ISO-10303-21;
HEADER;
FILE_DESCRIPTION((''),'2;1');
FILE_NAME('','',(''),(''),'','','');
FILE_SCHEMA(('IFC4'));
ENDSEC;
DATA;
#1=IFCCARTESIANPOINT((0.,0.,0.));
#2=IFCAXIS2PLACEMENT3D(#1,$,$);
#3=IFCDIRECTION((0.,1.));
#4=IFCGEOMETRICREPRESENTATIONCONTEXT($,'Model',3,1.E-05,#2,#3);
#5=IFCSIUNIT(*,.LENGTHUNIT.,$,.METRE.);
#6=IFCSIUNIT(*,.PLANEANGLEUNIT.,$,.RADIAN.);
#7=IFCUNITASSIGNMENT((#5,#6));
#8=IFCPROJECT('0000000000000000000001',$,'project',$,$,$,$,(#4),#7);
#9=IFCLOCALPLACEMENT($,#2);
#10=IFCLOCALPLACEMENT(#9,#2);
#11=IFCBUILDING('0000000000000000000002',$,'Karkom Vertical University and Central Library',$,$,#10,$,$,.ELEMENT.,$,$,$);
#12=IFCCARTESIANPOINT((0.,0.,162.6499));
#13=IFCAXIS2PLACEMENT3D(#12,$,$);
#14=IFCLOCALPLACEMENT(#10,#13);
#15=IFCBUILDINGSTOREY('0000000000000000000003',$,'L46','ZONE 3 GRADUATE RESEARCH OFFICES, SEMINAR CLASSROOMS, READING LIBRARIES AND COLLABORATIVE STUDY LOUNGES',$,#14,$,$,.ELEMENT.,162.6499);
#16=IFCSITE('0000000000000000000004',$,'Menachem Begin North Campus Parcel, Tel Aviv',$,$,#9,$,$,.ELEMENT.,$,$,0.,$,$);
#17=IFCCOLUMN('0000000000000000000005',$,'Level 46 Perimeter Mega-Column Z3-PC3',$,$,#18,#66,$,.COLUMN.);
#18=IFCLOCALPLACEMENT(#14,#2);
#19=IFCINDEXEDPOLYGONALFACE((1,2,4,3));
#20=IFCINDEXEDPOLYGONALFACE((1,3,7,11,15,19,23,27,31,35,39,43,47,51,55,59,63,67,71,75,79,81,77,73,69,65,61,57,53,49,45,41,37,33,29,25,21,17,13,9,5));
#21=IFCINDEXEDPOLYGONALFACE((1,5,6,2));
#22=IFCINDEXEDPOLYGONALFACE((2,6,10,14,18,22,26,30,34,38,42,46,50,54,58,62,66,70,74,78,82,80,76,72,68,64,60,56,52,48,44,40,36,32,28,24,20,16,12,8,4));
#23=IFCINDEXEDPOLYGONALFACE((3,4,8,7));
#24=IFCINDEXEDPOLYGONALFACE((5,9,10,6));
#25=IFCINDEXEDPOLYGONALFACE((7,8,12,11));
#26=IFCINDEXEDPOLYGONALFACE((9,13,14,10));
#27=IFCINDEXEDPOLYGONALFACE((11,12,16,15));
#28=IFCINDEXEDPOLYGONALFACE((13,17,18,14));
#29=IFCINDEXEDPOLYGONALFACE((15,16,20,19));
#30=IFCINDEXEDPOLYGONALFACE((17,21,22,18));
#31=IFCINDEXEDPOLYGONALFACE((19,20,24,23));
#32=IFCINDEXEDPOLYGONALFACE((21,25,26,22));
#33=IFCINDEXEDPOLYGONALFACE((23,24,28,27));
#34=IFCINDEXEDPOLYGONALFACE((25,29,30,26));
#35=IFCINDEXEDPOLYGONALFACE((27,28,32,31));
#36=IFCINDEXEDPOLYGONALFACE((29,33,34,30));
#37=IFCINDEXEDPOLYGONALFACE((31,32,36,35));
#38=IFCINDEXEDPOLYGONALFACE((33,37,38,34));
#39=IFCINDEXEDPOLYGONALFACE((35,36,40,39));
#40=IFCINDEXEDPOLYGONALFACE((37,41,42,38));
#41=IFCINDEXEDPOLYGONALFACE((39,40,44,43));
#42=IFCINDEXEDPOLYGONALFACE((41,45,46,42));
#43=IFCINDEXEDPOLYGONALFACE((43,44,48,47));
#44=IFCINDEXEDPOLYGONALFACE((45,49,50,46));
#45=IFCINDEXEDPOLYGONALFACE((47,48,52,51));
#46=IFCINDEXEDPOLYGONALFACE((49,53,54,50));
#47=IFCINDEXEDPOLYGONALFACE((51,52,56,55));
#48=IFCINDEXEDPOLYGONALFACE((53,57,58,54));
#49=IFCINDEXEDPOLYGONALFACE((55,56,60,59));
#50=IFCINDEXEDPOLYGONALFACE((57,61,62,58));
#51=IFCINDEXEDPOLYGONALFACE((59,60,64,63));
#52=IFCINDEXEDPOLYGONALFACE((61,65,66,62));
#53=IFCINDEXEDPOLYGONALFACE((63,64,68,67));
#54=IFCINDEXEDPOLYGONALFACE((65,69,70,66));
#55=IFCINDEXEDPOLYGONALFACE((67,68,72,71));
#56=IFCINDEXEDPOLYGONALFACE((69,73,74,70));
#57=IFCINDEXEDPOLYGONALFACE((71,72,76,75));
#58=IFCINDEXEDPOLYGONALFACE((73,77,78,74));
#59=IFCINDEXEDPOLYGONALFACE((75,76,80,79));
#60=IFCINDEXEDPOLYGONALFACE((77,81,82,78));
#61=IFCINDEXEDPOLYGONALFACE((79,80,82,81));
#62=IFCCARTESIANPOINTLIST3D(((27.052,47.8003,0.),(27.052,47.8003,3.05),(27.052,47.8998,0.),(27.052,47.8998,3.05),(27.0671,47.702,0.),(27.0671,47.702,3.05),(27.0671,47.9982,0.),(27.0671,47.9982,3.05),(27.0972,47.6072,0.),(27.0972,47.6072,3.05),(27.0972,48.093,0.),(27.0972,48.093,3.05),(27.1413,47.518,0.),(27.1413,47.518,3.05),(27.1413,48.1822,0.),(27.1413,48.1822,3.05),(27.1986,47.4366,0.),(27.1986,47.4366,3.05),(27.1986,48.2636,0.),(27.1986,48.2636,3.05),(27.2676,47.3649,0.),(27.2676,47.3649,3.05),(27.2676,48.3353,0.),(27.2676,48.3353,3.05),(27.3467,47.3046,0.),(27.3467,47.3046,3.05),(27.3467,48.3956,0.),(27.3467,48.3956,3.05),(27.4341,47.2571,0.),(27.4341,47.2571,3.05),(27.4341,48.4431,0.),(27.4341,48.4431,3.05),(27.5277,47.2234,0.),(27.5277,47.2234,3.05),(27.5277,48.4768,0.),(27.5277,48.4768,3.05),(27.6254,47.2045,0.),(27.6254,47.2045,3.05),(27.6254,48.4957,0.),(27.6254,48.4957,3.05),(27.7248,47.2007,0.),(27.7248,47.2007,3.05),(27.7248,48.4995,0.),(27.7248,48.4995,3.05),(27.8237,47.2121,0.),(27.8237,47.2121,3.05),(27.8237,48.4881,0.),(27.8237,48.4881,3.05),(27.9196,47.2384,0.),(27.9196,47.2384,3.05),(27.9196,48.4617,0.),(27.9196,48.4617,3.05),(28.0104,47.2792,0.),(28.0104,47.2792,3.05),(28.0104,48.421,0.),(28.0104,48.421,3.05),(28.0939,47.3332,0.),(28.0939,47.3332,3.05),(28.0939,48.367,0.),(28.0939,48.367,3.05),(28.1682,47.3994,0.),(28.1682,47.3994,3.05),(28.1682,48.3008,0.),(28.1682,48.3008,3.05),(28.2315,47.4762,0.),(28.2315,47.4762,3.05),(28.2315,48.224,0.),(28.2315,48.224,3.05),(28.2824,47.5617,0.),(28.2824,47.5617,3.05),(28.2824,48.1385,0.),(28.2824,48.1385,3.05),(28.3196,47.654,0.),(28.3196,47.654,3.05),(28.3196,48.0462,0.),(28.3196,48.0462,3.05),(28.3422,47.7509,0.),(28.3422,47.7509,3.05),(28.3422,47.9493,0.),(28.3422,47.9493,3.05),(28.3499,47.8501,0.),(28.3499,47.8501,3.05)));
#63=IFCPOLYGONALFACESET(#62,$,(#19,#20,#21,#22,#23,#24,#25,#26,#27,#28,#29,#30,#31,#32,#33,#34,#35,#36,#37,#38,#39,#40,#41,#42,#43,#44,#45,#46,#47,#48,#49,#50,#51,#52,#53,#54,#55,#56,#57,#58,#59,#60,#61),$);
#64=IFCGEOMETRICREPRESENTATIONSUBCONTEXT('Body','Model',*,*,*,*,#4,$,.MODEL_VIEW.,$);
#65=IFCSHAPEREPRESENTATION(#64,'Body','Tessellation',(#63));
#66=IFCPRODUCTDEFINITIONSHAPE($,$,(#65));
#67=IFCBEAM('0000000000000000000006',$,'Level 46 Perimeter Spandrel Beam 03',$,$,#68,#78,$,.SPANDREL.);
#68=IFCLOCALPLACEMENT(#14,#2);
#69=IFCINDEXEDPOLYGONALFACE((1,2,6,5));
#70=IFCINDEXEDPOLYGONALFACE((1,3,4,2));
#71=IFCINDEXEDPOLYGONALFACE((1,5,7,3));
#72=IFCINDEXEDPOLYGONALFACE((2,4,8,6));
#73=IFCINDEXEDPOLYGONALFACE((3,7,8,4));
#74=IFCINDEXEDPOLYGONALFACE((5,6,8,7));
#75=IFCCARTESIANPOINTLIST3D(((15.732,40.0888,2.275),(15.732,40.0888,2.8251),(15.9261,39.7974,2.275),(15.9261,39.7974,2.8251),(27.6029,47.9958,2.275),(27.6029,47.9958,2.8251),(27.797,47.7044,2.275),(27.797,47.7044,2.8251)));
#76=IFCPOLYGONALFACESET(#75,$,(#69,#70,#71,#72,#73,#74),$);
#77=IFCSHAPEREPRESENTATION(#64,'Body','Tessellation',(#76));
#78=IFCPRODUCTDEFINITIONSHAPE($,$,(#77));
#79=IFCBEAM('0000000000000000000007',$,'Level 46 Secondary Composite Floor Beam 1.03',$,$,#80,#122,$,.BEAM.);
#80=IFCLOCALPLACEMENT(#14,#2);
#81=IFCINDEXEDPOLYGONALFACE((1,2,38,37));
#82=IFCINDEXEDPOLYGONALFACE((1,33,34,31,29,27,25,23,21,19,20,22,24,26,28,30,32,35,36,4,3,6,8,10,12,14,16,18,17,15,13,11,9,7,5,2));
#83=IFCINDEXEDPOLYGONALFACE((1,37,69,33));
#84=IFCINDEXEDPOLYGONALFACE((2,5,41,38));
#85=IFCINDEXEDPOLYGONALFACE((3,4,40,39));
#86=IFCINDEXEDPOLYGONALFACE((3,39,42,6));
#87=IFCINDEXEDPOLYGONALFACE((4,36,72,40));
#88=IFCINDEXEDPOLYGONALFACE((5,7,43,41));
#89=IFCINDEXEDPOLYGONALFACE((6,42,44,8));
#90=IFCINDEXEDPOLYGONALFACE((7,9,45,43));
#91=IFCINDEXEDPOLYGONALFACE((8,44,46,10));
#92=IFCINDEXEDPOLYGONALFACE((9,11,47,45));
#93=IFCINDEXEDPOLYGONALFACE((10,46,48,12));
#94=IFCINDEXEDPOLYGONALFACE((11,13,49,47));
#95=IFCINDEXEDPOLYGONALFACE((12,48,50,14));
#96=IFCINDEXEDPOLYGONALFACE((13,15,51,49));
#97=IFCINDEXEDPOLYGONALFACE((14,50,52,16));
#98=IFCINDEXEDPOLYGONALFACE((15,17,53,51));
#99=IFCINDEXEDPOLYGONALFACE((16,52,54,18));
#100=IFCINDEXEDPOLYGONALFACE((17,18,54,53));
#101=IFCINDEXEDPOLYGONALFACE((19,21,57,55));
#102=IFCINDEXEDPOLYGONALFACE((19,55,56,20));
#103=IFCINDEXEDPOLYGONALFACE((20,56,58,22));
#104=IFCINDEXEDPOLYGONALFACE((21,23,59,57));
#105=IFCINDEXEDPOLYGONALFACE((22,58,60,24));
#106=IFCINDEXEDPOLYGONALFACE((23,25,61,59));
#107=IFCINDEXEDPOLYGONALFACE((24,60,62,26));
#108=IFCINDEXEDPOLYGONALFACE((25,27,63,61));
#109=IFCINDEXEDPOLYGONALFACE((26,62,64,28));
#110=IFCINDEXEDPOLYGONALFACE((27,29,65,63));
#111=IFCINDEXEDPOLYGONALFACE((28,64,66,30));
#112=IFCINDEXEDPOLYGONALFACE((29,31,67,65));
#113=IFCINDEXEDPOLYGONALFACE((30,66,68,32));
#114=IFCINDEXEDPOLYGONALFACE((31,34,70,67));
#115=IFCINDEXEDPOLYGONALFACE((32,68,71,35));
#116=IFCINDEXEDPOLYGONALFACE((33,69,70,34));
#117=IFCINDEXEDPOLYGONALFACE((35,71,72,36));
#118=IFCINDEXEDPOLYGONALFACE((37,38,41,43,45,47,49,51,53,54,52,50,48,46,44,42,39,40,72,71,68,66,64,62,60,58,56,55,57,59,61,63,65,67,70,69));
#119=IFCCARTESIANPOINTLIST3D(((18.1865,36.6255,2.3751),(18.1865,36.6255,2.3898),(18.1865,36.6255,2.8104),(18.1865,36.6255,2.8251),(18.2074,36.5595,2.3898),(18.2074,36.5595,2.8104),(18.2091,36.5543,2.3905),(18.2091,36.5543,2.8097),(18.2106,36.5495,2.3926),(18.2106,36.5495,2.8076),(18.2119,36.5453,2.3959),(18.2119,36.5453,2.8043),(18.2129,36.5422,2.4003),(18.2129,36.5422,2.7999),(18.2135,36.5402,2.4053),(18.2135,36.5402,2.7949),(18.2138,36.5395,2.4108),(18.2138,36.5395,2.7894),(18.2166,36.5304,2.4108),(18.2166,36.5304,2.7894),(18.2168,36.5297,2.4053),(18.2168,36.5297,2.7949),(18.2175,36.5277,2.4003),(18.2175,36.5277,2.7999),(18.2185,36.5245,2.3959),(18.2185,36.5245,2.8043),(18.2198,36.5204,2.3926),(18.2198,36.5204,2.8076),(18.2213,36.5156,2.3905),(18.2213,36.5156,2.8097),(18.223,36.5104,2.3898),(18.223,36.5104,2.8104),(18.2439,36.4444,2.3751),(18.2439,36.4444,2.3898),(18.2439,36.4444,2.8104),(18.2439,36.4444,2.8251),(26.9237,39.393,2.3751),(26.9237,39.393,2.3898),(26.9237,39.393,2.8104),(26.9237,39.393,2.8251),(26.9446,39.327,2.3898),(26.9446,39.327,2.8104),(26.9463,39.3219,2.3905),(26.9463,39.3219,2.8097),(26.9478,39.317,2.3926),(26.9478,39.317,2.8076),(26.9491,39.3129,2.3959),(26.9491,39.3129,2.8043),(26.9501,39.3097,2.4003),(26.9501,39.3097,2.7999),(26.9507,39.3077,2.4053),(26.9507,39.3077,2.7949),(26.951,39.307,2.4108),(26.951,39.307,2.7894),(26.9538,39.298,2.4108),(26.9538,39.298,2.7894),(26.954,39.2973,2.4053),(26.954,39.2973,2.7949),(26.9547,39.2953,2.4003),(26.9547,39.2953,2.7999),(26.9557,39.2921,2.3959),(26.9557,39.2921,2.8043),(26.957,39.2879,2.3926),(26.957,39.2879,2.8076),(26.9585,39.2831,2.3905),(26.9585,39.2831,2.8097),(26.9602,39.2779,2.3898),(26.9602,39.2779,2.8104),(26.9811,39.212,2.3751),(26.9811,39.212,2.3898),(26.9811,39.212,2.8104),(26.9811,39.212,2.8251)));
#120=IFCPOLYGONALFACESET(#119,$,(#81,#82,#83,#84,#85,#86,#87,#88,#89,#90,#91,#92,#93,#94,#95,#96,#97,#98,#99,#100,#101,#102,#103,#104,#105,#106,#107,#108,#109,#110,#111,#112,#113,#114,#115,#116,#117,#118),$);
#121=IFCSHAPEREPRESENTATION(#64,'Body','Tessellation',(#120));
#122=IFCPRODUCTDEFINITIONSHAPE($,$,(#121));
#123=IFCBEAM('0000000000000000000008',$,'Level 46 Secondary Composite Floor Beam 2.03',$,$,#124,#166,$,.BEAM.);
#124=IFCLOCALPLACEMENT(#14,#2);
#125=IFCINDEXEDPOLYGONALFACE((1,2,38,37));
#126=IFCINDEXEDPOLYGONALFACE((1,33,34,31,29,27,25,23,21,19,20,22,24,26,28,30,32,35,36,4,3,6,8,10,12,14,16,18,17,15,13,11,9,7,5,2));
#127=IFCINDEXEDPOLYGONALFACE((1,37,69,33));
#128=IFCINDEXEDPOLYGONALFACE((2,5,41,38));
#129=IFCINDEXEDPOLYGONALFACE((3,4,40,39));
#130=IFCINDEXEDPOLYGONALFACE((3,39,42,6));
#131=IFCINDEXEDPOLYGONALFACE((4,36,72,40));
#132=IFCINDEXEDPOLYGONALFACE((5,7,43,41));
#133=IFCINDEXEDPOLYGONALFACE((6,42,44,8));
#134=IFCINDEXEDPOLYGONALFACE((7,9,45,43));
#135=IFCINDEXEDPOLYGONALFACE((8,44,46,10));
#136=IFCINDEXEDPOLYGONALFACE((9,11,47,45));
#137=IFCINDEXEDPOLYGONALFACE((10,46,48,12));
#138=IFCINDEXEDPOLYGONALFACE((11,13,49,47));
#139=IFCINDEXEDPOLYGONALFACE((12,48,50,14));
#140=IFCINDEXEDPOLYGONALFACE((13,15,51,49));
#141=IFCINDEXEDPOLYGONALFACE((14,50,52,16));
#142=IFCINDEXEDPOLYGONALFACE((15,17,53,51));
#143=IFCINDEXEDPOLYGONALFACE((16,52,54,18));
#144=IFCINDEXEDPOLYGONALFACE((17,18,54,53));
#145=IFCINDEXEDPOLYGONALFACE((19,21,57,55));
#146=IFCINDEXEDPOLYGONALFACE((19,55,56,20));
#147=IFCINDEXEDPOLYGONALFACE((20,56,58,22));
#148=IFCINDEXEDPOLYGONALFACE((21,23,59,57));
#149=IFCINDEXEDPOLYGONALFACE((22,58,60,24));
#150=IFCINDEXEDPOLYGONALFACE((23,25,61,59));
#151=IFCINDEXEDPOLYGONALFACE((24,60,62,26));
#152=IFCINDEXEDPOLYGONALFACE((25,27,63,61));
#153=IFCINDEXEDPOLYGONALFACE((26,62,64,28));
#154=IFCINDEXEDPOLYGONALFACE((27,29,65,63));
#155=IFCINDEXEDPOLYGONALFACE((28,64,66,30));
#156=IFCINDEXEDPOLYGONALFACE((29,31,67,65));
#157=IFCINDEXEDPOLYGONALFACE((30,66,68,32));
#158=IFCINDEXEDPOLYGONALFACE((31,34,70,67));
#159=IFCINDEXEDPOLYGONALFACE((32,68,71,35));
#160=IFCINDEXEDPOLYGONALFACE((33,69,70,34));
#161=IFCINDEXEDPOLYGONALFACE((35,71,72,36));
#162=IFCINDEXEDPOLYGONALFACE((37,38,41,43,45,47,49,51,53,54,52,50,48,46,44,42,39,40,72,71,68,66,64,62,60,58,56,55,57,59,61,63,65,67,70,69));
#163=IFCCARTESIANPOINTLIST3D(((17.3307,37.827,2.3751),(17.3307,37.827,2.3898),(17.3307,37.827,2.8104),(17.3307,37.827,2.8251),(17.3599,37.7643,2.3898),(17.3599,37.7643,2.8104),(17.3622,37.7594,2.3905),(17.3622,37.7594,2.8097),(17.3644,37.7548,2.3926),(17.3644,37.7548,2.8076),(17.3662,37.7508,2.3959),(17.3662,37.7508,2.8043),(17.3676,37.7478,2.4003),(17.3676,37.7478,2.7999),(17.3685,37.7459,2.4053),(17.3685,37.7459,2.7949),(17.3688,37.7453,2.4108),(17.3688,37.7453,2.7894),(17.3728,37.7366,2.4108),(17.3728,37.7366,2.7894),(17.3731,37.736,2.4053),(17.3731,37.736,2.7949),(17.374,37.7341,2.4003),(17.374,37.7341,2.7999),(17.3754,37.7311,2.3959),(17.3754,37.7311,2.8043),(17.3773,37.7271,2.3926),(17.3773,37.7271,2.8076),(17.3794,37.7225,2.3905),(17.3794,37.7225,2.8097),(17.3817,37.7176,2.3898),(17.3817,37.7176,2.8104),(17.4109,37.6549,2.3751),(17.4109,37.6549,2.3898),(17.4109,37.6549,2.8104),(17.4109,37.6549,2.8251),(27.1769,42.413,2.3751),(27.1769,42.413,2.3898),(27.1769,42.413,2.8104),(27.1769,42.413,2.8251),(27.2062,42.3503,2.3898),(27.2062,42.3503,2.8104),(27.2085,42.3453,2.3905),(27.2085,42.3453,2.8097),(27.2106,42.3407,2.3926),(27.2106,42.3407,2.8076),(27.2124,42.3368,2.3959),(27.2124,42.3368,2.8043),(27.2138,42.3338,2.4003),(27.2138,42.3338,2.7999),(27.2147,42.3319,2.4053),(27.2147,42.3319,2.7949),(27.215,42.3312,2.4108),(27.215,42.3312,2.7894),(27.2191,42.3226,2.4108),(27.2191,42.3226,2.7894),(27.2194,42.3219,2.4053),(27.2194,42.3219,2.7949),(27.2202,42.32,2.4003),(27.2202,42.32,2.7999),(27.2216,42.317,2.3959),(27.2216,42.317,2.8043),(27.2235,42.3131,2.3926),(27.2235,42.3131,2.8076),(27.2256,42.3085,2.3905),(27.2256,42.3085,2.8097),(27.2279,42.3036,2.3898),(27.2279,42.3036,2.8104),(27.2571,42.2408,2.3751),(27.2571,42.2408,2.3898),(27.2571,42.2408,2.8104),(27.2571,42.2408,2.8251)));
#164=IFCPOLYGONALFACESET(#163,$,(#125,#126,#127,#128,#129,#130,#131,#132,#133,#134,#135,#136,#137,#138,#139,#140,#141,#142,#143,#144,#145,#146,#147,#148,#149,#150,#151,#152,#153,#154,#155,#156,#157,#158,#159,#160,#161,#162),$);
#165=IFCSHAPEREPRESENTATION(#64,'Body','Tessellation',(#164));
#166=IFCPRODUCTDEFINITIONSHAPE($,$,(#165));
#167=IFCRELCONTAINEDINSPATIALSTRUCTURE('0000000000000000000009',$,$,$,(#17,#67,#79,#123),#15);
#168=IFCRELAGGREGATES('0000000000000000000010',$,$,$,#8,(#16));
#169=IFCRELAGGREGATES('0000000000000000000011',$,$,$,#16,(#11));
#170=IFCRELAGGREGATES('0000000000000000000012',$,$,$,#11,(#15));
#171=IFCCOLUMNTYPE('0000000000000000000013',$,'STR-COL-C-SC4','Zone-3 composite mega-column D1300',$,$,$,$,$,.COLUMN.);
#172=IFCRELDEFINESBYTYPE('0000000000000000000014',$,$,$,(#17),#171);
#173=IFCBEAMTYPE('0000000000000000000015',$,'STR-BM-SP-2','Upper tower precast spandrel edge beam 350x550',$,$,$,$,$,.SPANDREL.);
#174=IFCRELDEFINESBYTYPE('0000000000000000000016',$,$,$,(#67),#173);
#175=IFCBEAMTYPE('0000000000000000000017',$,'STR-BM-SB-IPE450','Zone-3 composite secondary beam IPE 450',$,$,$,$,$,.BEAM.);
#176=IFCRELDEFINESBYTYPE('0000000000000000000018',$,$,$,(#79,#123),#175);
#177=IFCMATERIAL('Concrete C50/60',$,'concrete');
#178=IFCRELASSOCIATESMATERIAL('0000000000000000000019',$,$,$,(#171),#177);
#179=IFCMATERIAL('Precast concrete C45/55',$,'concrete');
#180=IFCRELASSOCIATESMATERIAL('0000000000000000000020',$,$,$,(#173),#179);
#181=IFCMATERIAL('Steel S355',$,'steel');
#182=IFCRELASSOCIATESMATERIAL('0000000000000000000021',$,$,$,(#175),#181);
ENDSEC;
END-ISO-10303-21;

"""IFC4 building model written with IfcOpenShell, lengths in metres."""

from ifc_helpers import new_model, si_unit, direction, frame, origin, origin_with_axes, origin_2d, place, context, subcontext, project, spatial, rectangle, circle, i_section, extrude, source, transform, mapped, material, material_profile, profile_set, type_object, element, save


model = new_model("IFC4")

# Units and contexts
model_context = context("Model", 3, precision=1e-05, world=origin(), true_north=direction((0.0, 1.0)))
body_context = subcontext(model_context, "Body", "Model", "MODEL_VIEW")
ifc_project = project(units=[si_unit("LENGTHUNIT", "METRE"), si_unit("PLANEANGLEUNIT", "RADIAN")], contexts=[model_context])

# Site, building, storey
site_placement = place(None, origin())
site = spatial("IfcSite", under=ifc_project, at=site_placement, Name="Menachem Begin North Campus Parcel, Tel Aviv", CompositionType="ELEMENT", RefElevation=0.0)
building_placement = place(site_placement, origin())
building = spatial("IfcBuilding", under=site, at=building_placement, Name="Karkom Vertical University and Central Library", CompositionType="ELEMENT")
storey_placement = place(building_placement, frame((0.0, 0.0, 162.6499)))
storey = spatial("IfcBuildingStorey", under=building, at=storey_placement, Name="L46", Description="ZONE 3 GRADUATE RESEARCH OFFICES, SEMINAR CLASSROOMS, READING LIBRARIES AND COLLABORATIVE STUDY LOUNGES", CompositionType="ELEMENT", Elevation=162.6499)

# Column
ifc_material_1 = material(Name="Concrete C50/60", Category="concrete")
ifc_material_profile_1 = material_profile(ifc_material_1, circle(Radius=0.6499, at=origin_2d()), Name="CFT-D1300")
ifc_profile_set_1 = profile_set([ifc_material_profile_1], Name="Concrete C50/60")
column_type = type_object("IfcColumnType", Name="STR-COL-C-SC4", Description="Zone-3 composite mega-column D1300", PredefinedType="COLUMN", material=ifc_profile_set_1)
shared_shape_1 = source(origin_with_axes(), body_context, "Body", "SweptSolid", [
    extrude(circle(Radius=0.6499, at=origin_2d()), origin(), (0.0, 0.0, 1.0), 3.05),
])
column_placement = place(storey_placement, frame((27.7, 47.8501, 0.0), z_axis=(0.0, 0.0, 1.0), x_axis=(1.0, 0.0, 0.0)))
element("IfcColumn", 1, at=column_placement, inside=storey, type_object=column_type, Name="Level 46 Perimeter Mega-Column Z3-PC3", PredefinedType="COLUMN", context=body_context, shape_type="MappedRepresentation", body=[
    mapped(shared_shape_1, transform((0.0, 0.0, 0.0), scale=1.0)),
])

# Beams
ifc_material_2 = material(Name="Precast concrete C45/55", Category="concrete")
ifc_material_profile_2 = material_profile(ifc_material_2, rectangle(XDim=0.3501, YDim=0.55, at=origin_2d()), Name="SPB-350x550")
ifc_profile_set_2 = profile_set([ifc_material_profile_2], Name="Precast concrete C45/55")
beam_type_1 = type_object("IfcBeamType", Name="STR-BM-SP-2", Description="Upper tower precast spandrel edge beam 350x550", PredefinedType="SPANDREL", material=ifc_profile_set_2)
shared_shape_2 = source(origin_with_axes(), body_context, "Body", "SweptSolid", [
    extrude(rectangle(XDim=0.3501, YDim=0.55, at=origin_2d()), origin(), (0.0, 0.0, 1.0), 14.2632),
])
beam_1_placement = place(storey_placement, frame((27.7, 47.8501, 2.55), z_axis=(-0.832274, -0.554364, 0.0), x_axis=(0.554364, -0.832274, 0.0)))
element("IfcBeam", 2, at=beam_1_placement, inside=storey, type_object=beam_type_1, Name="Level 46 Perimeter Spandrel Beam 03", PredefinedType="SPANDREL", context=body_context, shape_type="MappedRepresentation", body=[
    mapped(shared_shape_2, transform((0.0, 0.0, 0.0), scale=1.0)),
])
ifc_material_3 = material(Name="Steel S355", Category="steel")
ifc_material_profile_3 = material_profile(ifc_material_3, i_section(OverallWidth=0.1899, OverallDepth=0.45, WebThickness=0.0095, FlangeThickness=0.0146, FilletRadius=0.021, at=origin_2d()), Name="IPE 450")
ifc_profile_set_3 = profile_set([ifc_material_profile_3], Name="Steel S355")
beam_type_2 = type_object("IfcBeamType", Name="STR-BM-SB-IPE450", Description="Zone-3 composite secondary beam IPE 450", PredefinedType="BEAM", material=ifc_profile_set_3)
shared_shape_3 = source(origin_with_axes(), body_context, "Body", "SweptSolid", [
    extrude(i_section(OverallWidth=0.1899, OverallDepth=0.45, WebThickness=0.0095, FlangeThickness=0.0146, FilletRadius=0.021, at=origin_2d()), origin(), (0.0, 0.0, 1.0), 9.165),
])
beam_2_placement = place(storey_placement, frame((26.9524, 39.3025, 2.6001), z_axis=(-0.953318, -0.301968, 0.0), x_axis=(0.301968, -0.953318, 0.0)))
element("IfcBeam", 3, at=beam_2_placement, inside=storey, type_object=beam_type_2, Name="Level 46 Secondary Composite Floor Beam 1.03", PredefinedType="BEAM", context=body_context, shape_type="MappedRepresentation", body=[
    mapped(shared_shape_3, transform((0.0, 0.0, 0.0), scale=1.0)),
])
shared_shape_4 = source(origin_with_axes(), body_context, "Body", "SweptSolid", [
    extrude(i_section(OverallWidth=0.1899, OverallDepth=0.45, WebThickness=0.0095, FlangeThickness=0.0146, FilletRadius=0.021, at=origin_2d()), origin(), (0.0, 0.0, 1.0), 10.8618),
])
beam_3_placement = place(storey_placement, frame((27.217, 42.3269, 2.6001), z_axis=(-0.906499, -0.422209, 0.0), x_axis=(0.422209, -0.906499, 0.0)))
element("IfcBeam", 4, at=beam_3_placement, inside=storey, type_object=beam_type_2, Name="Level 46 Secondary Composite Floor Beam 2.03", PredefinedType="BEAM", context=body_context, shape_type="MappedRepresentation", body=[
    mapped(shared_shape_4, transform((0.0, 0.0, 0.0), scale=1.0)),
])

save(model, "model.ifc")
